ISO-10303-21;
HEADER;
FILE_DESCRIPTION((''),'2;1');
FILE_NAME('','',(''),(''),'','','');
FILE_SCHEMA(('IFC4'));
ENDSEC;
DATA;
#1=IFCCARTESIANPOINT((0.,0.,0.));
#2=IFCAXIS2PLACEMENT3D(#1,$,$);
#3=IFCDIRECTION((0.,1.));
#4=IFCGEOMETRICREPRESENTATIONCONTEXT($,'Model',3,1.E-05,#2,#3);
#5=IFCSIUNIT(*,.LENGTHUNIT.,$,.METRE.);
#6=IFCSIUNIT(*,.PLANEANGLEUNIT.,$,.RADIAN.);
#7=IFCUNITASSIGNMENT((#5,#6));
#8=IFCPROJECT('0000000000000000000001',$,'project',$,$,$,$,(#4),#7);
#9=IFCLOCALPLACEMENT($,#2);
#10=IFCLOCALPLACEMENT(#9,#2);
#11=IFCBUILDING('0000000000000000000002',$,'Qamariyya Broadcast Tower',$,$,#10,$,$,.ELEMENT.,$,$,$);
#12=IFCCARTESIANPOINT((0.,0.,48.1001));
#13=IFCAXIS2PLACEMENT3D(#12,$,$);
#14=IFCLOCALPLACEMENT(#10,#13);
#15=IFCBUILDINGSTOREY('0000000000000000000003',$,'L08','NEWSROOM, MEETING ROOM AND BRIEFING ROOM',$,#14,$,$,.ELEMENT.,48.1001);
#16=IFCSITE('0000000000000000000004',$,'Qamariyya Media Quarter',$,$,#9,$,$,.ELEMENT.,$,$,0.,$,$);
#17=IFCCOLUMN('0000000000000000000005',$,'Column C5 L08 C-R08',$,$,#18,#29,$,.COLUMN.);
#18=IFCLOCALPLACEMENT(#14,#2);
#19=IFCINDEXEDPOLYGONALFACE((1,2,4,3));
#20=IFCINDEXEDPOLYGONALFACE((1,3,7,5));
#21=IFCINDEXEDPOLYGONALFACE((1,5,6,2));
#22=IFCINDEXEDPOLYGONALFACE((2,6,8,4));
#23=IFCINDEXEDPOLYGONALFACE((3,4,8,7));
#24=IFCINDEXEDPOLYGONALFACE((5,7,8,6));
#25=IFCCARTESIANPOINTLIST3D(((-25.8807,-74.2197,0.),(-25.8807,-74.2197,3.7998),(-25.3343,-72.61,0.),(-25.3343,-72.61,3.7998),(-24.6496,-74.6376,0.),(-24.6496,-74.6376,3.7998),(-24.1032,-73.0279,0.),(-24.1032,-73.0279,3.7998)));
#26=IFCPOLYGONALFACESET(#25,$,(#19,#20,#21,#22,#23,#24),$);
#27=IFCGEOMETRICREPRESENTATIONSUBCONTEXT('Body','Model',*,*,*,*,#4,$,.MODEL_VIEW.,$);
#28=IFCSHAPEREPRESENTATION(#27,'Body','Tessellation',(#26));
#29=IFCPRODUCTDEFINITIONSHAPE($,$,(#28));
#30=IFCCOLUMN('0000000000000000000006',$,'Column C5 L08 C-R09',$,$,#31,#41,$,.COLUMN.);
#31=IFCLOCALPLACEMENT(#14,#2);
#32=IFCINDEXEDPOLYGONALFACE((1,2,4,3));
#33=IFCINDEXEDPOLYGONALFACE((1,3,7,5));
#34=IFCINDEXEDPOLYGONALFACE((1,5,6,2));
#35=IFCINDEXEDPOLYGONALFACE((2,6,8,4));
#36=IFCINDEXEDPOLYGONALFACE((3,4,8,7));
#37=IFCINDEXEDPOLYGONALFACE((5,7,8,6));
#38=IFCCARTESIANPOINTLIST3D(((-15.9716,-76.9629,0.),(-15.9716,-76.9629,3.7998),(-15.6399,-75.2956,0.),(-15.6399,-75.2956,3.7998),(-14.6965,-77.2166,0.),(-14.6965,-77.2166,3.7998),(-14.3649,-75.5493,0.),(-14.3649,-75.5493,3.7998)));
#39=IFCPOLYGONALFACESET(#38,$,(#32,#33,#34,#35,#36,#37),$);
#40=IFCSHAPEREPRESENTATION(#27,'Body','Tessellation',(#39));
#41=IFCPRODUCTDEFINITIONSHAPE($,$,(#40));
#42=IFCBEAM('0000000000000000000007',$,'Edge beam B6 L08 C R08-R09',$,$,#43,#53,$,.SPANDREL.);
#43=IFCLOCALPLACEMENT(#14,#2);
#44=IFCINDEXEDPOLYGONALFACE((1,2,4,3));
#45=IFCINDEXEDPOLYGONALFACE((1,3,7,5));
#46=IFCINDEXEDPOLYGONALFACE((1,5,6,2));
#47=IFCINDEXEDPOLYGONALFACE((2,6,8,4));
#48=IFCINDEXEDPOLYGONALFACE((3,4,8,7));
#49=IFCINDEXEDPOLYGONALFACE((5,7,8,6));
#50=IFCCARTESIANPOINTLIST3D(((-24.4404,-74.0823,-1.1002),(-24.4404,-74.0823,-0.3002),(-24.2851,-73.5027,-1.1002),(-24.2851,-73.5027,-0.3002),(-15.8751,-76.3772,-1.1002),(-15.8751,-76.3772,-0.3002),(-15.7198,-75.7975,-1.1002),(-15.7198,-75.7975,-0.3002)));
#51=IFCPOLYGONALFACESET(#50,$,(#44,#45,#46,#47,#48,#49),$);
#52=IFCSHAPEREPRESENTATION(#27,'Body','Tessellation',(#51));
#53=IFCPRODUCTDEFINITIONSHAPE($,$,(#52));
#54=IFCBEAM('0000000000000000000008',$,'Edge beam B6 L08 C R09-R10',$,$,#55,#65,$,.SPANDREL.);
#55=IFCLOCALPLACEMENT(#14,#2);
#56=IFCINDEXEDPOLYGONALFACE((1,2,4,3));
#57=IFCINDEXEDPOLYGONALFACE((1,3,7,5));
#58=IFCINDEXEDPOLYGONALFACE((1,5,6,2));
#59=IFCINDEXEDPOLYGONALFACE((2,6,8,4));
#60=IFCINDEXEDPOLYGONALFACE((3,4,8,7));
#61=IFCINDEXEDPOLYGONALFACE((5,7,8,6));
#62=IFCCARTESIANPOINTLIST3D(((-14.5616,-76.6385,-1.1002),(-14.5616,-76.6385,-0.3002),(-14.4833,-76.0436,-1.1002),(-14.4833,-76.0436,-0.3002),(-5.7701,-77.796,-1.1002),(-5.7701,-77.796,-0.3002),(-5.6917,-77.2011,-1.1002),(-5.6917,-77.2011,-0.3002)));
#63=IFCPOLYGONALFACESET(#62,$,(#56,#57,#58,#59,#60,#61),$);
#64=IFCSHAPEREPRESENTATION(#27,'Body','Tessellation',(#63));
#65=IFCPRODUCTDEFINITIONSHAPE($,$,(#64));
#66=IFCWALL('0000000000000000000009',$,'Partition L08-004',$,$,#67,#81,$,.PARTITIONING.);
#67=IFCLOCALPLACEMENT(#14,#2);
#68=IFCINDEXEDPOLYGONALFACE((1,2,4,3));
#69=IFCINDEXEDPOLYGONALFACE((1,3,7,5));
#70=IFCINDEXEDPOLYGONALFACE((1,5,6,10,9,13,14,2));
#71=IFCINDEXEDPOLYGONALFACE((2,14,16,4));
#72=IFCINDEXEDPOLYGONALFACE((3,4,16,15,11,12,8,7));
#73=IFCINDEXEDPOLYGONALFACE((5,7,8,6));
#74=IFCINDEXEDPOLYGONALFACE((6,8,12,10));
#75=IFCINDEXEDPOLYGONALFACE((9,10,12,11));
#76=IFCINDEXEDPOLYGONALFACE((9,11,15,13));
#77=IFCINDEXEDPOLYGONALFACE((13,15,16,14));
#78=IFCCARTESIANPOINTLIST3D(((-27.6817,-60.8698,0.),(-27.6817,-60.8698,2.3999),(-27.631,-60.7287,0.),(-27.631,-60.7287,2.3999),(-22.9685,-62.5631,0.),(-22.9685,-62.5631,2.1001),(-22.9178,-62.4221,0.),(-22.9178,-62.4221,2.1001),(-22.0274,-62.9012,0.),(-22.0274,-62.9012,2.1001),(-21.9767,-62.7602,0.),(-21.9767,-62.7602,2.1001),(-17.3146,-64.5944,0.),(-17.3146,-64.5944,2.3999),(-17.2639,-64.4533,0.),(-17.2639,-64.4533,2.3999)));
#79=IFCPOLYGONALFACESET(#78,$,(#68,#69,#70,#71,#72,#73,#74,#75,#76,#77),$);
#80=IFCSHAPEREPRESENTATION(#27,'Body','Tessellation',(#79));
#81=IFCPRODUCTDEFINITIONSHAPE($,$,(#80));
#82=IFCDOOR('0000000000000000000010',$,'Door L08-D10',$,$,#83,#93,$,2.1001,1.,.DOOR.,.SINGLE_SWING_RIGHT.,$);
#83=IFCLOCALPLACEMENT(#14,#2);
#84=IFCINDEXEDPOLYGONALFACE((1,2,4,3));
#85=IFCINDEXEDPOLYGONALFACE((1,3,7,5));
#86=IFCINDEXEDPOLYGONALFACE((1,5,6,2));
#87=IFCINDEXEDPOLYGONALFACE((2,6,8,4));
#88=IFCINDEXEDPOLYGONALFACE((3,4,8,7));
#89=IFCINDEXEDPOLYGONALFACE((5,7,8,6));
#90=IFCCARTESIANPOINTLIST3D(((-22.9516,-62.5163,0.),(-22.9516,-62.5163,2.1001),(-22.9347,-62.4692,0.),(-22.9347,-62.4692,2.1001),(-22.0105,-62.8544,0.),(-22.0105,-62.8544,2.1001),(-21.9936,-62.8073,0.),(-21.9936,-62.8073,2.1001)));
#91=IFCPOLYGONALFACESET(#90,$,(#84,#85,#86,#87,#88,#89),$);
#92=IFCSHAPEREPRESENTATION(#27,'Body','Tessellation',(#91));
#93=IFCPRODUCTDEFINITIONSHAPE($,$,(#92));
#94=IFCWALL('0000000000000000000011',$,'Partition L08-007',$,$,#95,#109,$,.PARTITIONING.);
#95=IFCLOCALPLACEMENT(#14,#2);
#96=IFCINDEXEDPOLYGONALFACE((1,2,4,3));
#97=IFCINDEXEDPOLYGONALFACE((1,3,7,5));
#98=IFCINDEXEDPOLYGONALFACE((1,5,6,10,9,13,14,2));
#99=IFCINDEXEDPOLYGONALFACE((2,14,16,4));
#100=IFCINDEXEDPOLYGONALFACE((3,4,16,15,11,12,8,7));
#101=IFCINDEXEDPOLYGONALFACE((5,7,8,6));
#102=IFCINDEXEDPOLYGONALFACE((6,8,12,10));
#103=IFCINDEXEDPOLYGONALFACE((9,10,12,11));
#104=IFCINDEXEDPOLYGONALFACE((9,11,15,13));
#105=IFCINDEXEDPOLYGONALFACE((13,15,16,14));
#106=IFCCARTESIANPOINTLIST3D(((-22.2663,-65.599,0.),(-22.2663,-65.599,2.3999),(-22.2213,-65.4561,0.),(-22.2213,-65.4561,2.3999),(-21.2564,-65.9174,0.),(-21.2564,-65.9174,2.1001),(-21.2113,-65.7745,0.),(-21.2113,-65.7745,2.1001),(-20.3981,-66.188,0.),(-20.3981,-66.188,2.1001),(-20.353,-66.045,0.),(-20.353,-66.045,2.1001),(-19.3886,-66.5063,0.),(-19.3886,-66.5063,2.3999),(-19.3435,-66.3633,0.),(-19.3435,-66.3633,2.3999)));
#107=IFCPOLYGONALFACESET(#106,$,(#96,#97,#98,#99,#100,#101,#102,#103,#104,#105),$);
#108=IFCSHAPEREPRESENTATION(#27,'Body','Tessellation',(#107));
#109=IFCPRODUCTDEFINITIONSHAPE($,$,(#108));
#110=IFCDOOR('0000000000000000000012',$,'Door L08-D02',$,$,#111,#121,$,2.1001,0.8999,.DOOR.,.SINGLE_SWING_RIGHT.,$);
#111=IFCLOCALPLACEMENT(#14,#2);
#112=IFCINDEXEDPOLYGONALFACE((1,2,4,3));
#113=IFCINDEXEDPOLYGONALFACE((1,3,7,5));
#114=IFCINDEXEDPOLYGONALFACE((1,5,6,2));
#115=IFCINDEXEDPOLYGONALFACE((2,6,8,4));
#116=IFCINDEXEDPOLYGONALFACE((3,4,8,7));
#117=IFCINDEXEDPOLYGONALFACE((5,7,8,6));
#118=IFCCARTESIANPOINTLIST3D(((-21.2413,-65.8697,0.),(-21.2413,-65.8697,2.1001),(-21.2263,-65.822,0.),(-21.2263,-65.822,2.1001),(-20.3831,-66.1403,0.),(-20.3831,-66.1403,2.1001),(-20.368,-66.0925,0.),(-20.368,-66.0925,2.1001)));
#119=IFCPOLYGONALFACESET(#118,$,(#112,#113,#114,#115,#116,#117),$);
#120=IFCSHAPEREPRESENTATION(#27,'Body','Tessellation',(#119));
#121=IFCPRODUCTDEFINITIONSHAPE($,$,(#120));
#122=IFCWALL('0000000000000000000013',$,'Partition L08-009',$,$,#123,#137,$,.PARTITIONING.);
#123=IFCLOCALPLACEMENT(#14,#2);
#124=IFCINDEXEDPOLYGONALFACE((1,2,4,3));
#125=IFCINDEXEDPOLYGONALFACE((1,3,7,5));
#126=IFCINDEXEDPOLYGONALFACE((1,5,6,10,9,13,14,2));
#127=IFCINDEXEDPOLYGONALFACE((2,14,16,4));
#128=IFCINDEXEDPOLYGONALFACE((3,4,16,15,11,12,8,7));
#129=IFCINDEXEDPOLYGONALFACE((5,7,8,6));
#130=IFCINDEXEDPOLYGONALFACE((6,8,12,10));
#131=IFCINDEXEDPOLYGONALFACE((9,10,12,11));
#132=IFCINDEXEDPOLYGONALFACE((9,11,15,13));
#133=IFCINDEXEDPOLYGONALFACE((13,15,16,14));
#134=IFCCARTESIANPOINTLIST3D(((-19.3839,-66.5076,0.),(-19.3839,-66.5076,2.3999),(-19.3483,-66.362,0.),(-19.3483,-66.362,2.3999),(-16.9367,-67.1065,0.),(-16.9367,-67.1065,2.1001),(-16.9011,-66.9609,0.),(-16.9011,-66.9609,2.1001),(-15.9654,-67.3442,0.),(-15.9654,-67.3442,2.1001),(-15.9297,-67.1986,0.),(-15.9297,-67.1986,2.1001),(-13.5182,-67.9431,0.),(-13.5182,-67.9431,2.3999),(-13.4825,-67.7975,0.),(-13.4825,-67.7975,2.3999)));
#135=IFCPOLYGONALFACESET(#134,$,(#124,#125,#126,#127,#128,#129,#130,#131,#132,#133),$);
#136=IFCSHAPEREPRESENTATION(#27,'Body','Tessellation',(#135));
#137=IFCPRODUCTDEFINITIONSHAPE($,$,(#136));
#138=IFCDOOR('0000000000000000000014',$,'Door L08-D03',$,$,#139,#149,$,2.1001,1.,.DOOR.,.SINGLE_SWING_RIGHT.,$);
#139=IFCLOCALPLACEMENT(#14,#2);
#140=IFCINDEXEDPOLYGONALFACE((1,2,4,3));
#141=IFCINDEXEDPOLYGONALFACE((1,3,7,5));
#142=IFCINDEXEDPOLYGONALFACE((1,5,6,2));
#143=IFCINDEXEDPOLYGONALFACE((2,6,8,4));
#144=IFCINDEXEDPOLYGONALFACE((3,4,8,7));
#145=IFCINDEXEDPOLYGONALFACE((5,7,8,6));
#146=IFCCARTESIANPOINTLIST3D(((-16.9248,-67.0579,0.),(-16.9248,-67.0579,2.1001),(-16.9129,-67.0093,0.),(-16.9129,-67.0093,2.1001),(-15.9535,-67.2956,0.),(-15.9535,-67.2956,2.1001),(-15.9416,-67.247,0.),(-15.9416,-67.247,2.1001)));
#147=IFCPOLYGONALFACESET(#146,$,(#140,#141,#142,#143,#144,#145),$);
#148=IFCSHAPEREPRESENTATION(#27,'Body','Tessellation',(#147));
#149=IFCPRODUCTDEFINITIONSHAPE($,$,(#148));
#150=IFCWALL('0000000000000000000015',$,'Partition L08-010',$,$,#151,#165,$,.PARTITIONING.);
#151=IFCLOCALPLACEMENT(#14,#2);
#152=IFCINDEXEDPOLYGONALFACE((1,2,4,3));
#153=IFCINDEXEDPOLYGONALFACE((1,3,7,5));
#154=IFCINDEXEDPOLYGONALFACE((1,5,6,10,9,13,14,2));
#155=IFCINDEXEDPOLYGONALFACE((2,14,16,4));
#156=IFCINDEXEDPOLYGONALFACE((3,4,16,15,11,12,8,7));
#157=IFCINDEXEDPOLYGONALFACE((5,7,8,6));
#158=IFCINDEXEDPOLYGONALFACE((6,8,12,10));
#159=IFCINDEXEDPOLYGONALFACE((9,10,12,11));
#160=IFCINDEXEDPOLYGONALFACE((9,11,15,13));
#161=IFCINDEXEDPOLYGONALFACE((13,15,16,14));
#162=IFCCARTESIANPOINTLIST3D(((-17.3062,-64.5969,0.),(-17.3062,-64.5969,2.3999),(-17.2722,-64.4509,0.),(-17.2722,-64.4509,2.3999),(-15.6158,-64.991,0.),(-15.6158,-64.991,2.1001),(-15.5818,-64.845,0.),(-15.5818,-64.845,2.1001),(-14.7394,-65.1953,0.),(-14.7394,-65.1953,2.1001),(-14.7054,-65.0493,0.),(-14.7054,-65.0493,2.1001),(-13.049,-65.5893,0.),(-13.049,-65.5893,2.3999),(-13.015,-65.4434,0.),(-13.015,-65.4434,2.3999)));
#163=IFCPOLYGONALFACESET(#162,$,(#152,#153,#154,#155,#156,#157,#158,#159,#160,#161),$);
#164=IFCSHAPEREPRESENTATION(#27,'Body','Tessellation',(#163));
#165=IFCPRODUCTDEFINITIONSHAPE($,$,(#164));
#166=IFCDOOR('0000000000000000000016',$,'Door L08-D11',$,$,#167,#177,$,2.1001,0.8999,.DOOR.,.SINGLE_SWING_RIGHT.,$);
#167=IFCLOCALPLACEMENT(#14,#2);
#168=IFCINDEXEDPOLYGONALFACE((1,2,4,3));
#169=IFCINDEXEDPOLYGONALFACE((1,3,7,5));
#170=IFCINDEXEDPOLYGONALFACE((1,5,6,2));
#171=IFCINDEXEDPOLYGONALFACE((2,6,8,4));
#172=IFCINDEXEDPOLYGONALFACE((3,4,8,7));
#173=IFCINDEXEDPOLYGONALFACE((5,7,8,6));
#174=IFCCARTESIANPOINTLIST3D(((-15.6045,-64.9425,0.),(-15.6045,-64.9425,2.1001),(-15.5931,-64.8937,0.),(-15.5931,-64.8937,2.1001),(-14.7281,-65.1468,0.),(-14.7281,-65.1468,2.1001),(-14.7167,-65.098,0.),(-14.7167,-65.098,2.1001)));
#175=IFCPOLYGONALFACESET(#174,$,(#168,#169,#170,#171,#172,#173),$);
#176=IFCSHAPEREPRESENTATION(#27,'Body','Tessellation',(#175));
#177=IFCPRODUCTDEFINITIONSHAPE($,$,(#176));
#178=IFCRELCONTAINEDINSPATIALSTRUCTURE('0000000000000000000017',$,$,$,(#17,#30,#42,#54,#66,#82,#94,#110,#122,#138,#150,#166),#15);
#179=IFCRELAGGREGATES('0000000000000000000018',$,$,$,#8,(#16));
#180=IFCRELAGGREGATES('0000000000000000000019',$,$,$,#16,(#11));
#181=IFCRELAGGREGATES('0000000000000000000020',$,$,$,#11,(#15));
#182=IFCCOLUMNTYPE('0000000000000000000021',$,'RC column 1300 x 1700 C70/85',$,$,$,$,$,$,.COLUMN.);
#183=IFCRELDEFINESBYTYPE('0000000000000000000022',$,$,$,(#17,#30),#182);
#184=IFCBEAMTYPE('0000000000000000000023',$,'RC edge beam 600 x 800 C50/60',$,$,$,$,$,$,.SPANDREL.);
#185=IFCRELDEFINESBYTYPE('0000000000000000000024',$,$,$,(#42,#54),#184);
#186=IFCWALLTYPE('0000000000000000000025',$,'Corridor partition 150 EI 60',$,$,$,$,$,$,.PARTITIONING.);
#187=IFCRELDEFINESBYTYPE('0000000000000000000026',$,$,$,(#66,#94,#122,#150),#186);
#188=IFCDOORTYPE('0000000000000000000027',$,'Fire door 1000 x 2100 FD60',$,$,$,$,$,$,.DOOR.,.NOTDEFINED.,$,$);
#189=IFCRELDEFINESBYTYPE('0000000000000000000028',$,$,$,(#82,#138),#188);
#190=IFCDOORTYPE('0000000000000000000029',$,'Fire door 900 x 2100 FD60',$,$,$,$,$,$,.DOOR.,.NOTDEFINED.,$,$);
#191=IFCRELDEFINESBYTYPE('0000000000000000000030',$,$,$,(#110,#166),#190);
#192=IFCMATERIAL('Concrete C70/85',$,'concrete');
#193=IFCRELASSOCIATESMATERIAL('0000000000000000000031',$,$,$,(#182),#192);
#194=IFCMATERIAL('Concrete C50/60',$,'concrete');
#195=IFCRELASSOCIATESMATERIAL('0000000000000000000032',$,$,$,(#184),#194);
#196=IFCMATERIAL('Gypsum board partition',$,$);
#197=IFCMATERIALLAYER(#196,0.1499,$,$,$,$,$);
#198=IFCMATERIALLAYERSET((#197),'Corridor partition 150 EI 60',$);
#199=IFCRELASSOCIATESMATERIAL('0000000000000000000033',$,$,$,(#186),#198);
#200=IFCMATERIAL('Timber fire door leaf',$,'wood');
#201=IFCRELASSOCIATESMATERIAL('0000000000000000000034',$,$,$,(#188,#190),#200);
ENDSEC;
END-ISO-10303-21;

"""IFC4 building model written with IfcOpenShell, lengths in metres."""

from ifc_helpers import new_model, si_unit, direction, frame, frame_2d, origin, origin_2d, place, context, subcontext, project, spatial, rectangle, extrude, material, layer, layer_set, material_profile, profile_set, type_object, element, fill, save


model = new_model("IFC4")

# Units and contexts
model_context = context("Model", 3, precision=1e-05, world=origin(), true_north=direction((0.0, 1.0)))
body_context = subcontext(model_context, "Body", "Model", "MODEL_VIEW")
ifc_project = project(units=[si_unit("LENGTHUNIT", "METRE"), si_unit("PLANEANGLEUNIT", "RADIAN")], contexts=[model_context])

# Site, building, storey
site_placement = place(None, origin())
site = spatial("IfcSite", under=ifc_project, at=site_placement, Name="Qamariyya Media Quarter", CompositionType="ELEMENT", RefElevation=0.0)
building_placement = place(site_placement, origin())
building = spatial("IfcBuilding", under=site, at=building_placement, Name="Qamariyya Broadcast Tower", CompositionType="ELEMENT")
storey_placement = place(building_placement, frame((0.0, 0.0, 48.1001)))
storey = spatial("IfcBuildingStorey", under=building, at=storey_placement, Name="L08", Description="NEWSROOM, MEETING ROOM AND BRIEFING ROOM", CompositionType="ELEMENT", Elevation=48.1001)

# Columns
ifc_material_1 = material(Name="Concrete C70/85", Category="concrete")
ifc_material_profile_1 = material_profile(ifc_material_1, rectangle(XDim=1.3, YDim=1.7, at=origin_2d()))
ifc_profile_set_1 = profile_set([ifc_material_profile_1], Name="Concrete C70/85")
column_type = type_object("IfcColumnType", Name="RC column 1300 x 1700 C70/85", PredefinedType="COLUMN", material=ifc_profile_set_1)
for number, where, z_axis, x_axis, name in (
    (1, (-24.9919, -73.6238, 0.0), (0.0, 0.0, 1.0), (0.94693, -0.321439, 0.0), "Column C5 L08 C-R08"),
    (2, (-15.1682, -76.2561, 0.0), (0.0, 0.0, 1.0), (0.980785, -0.19509, 0.0), "Column C5 L08 C-R09"),
):
    element("IfcColumn", number, at=place(storey_placement, frame(where, z_axis=z_axis, x_axis=x_axis)), inside=storey, type_object=column_type, Name=name, PredefinedType="COLUMN", context=body_context, shape_type="SweptSolid", body=[
        extrude(rectangle(XDim=1.3, YDim=1.7, at=origin_2d()), origin(), (0.0, 0.0, 1.0), 3.7998),
    ])

# Beams
ifc_material_2 = material(Name="Concrete C50/60", Category="concrete")
ifc_material_profile_2 = material_profile(ifc_material_2, rectangle(XDim=0.6001, YDim=0.8, at=origin_2d()))
ifc_profile_set_2 = profile_set([ifc_material_profile_2], Name="Concrete C50/60")
beam_type = type_object("IfcBeamType", Name="RC edge beam 600 x 800 C50/60", PredefinedType="SPANDREL", material=ifc_profile_set_2)
for number, where, z_axis, x_axis, name in (
    (3, (-24.3628, -73.7925, -0.7002), (0.965931, -0.2588, 0.0), (0.2588, 0.965931, 0.0), "Edge beam B6 L08 C R08-R09"),
    (4, (-14.5225, -76.3411, -0.7002), (0.991444, -0.130531, 0.0), (0.130531, 0.991444, 0.0), "Edge beam B6 L08 C R09-R10"),
):
    element("IfcBeam", number, at=place(storey_placement, frame(where, z_axis=z_axis, x_axis=x_axis)), inside=storey, type_object=beam_type, Name=name, PredefinedType="SPANDREL", context=body_context, shape_type="SweptSolid", body=[
        extrude(rectangle(XDim=0.6001, YDim=0.8, at=origin_2d()), origin(), (0.0, 0.0, 1.0), 8.8674),
    ])

# Walls, openings, doors
ifc_material_3 = material(Name="Gypsum board partition")
ifc_layer_1 = layer(ifc_material_3, 0.1499)
ifc_layer_set_1 = layer_set([ifc_layer_1], Name="Corridor partition 150 EI 60")
wall_type_1 = type_object("IfcWallType", Name="Corridor partition 150 EI 60", PredefinedType="PARTITIONING", material=ifc_layer_set_1)
wall_1_placement = place(storey_placement, frame((-27.6562, -60.7993, 0.0), z_axis=(0.0, 0.0, 1.0), x_axis=(0.941106, -0.33811, 0.0)))
wall_1 = element("IfcWall", 5, at=wall_1_placement, inside=storey, type_object=wall_type_1, Name="Partition L08-004", PredefinedType="PARTITIONING", context=body_context, shape_type="SweptSolid", body=[
    extrude(rectangle(XDim=11.0159, YDim=0.1499, at=frame_2d((5.5078, 0.0))), origin(), (0.0, 0.0, 1.0), 2.3999),
])
opening_1_placement = place(wall_1_placement, frame((5.0081, 0.0, 0.0)))
opening_1 = element("IfcOpeningElement", 6, at=opening_1_placement, cuts=wall_1, PredefinedType="OPENING", context=body_context, shape_type="SweptSolid", body=[
    extrude(rectangle(XDim=1.0, YDim=2.1001, at=frame_2d((0.5, 1.05))), frame((0.0, 0.085, 0.0), z_axis=(0.0, -1.0, 0.0), x_axis=(1.0, 0.0, 0.0)), (0.0, 0.0, 1.0), 0.1699),
])
ifc_material_4 = material(Name="Timber fire door leaf", Category="wood")
door_type_1 = type_object("IfcDoorType", Name="Fire door 1000 x 2100 FD60", OperationType="NOTDEFINED", PredefinedType="DOOR", material=ifc_material_4)
door_1_placement = place(opening_1_placement, origin())
door_1 = element("IfcDoor", 7, at=door_1_placement, inside=storey, type_object=door_type_1, Name="Door L08-D10", OperationType="SINGLE_SWING_RIGHT", OverallHeight=2.1001, OverallWidth=1.0, PredefinedType="DOOR", context=body_context, shape_type="SweptSolid", body=[
    extrude(rectangle(XDim=1.0, YDim=2.1001, at=frame_2d((0.5, 1.05))), frame((0.0, 0.0249, 0.0), z_axis=(0.0, -1.0, 0.0), x_axis=(1.0, 0.0, 0.0)), (0.0, 0.0, 1.0), 0.05),
])
fill(opening_1, door_1)
wall_2_placement = place(storey_placement, frame((-19.366, -66.4348, 0.0), z_axis=(0.0, 0.0, 1.0), x_axis=(-0.953727, 0.300674, 0.0)))
wall_2 = element("IfcWall", 8, at=wall_2_placement, inside=storey, type_object=wall_type_1, Name="Partition L08-007", PredefinedType="PARTITIONING", context=body_context, shape_type="SweptSolid", body=[
    extrude(rectangle(XDim=3.0173, YDim=0.1499, at=frame_2d((1.5088, 0.0))), origin(), (0.0, 0.0, 1.0), 2.3999),
])
opening_2_placement = place(wall_2_placement, frame((1.0586, 0.0, 0.0)))
opening_2 = element("IfcOpeningElement", 9, at=opening_2_placement, cuts=wall_2, PredefinedType="OPENING", context=body_context, shape_type="SweptSolid", body=[
    extrude(rectangle(XDim=0.8999, YDim=2.1001, at=frame_2d((0.45, 1.05))), frame((0.0, 0.085, 0.0), z_axis=(0.0, -1.0, 0.0), x_axis=(1.0, 0.0, 0.0)), (0.0, 0.0, 1.0), 0.1699),
])
door_type_2 = type_object("IfcDoorType", Name="Fire door 900 x 2100 FD60", OperationType="NOTDEFINED", PredefinedType="DOOR", material=ifc_material_4)
door_2_placement = place(opening_2_placement, origin())
door_2 = element("IfcDoor", 10, at=door_2_placement, inside=storey, type_object=door_type_2, Name="Door L08-D02", OperationType="SINGLE_SWING_RIGHT", OverallHeight=2.1001, OverallWidth=0.8999, PredefinedType="DOOR", context=body_context, shape_type="SweptSolid", body=[
    extrude(rectangle(XDim=0.8999, YDim=2.1001, at=frame_2d((0.45, 1.05))), frame((0.0, 0.0249, 0.0), z_axis=(0.0, -1.0, 0.0), x_axis=(1.0, 0.0, 0.0)), (0.0, 0.0, 1.0), 0.05),
])
fill(opening_2, door_2)
wall_3_placement = place(storey_placement, frame((-13.5002, -67.8704, 0.0), z_axis=(0.0, 0.0, 1.0), x_axis=(-0.971334, 0.237719, 0.0)))
wall_3 = element("IfcWall", 11, at=wall_3_placement, inside=storey, type_object=wall_type_1, Name="Partition L08-009", PredefinedType="PARTITIONING", context=body_context, shape_type="SweptSolid", body=[
    extrude(rectangle(XDim=6.0388, YDim=0.1499, at=frame_2d((3.0195, 0.0))), origin(), (0.0, 0.0, 1.0), 2.3999),
])
opening_3_placement = place(wall_3_placement, frame((2.5195, 0.0, 0.0)))
opening_3 = element("IfcOpeningElement", 12, at=opening_3_placement, cuts=wall_3, PredefinedType="OPENING", context=body_context, shape_type="SweptSolid", body=[
    extrude(rectangle(XDim=1.0, YDim=2.1001, at=frame_2d((0.5, 1.05))), frame((0.0, 0.085, 0.0), z_axis=(0.0, -1.0, 0.0), x_axis=(1.0, 0.0, 0.0)), (0.0, 0.0, 1.0), 0.1699),
])
door_3_placement = place(opening_3_placement, origin())
door_3 = element("IfcDoor", 13, at=door_3_placement, inside=storey, type_object=door_type_1, Name="Door L08-D03", OperationType="SINGLE_SWING_RIGHT", OverallHeight=2.1001, OverallWidth=1.0, PredefinedType="DOOR", context=body_context, shape_type="SweptSolid", body=[
    extrude(rectangle(XDim=1.0, YDim=2.1001, at=frame_2d((0.5, 1.05))), frame((0.0, 0.0249, 0.0), z_axis=(0.0, -1.0, 0.0), x_axis=(1.0, 0.0, 0.0)), (0.0, 0.0, 1.0), 0.05),
])
fill(opening_3, door_3)
wall_4_placement = place(storey_placement, frame((-17.2891, -64.5239, 0.0), z_axis=(0.0, 0.0, 1.0), x_axis=(0.973886, -0.227037, 0.0)))
wall_4 = element("IfcWall", 14, at=wall_4_placement, inside=storey, type_object=wall_type_1, Name="Partition L08-010", PredefinedType="PARTITIONING", context=body_context, shape_type="SweptSolid", body=[
    extrude(rectangle(XDim=4.3713, YDim=0.1499, at=frame_2d((2.1855, 0.0))), origin(), (0.0, 0.0, 1.0), 2.3999),
])
opening_4_placement = place(wall_4_placement, frame((1.7356, 0.0, 0.0)))
opening_4 = element("IfcOpeningElement", 15, at=opening_4_placement, cuts=wall_4, PredefinedType="OPENING", context=body_context, shape_type="SweptSolid", body=[
    extrude(rectangle(XDim=0.8999, YDim=2.1001, at=frame_2d((0.45, 1.05))), frame((0.0, 0.085, 0.0), z_axis=(0.0, -1.0, 0.0), x_axis=(1.0, 0.0, 0.0)), (0.0, 0.0, 1.0), 0.1699),
])
door_4_placement = place(opening_4_placement, origin())
door_4 = element("IfcDoor", 16, at=door_4_placement, inside=storey, type_object=door_type_2, Name="Door L08-D11", OperationType="SINGLE_SWING_RIGHT", OverallHeight=2.1001, OverallWidth=0.8999, PredefinedType="DOOR", context=body_context, shape_type="SweptSolid", body=[
    extrude(rectangle(XDim=0.8999, YDim=2.1001, at=frame_2d((0.45, 1.05))), frame((0.0, 0.0249, 0.0), z_axis=(0.0, -1.0, 0.0), x_axis=(1.0, 0.0, 0.0)), (0.0, 0.0, 1.0), 0.05),
])
fill(opening_4, door_4)

save(model, "model.ifc")
